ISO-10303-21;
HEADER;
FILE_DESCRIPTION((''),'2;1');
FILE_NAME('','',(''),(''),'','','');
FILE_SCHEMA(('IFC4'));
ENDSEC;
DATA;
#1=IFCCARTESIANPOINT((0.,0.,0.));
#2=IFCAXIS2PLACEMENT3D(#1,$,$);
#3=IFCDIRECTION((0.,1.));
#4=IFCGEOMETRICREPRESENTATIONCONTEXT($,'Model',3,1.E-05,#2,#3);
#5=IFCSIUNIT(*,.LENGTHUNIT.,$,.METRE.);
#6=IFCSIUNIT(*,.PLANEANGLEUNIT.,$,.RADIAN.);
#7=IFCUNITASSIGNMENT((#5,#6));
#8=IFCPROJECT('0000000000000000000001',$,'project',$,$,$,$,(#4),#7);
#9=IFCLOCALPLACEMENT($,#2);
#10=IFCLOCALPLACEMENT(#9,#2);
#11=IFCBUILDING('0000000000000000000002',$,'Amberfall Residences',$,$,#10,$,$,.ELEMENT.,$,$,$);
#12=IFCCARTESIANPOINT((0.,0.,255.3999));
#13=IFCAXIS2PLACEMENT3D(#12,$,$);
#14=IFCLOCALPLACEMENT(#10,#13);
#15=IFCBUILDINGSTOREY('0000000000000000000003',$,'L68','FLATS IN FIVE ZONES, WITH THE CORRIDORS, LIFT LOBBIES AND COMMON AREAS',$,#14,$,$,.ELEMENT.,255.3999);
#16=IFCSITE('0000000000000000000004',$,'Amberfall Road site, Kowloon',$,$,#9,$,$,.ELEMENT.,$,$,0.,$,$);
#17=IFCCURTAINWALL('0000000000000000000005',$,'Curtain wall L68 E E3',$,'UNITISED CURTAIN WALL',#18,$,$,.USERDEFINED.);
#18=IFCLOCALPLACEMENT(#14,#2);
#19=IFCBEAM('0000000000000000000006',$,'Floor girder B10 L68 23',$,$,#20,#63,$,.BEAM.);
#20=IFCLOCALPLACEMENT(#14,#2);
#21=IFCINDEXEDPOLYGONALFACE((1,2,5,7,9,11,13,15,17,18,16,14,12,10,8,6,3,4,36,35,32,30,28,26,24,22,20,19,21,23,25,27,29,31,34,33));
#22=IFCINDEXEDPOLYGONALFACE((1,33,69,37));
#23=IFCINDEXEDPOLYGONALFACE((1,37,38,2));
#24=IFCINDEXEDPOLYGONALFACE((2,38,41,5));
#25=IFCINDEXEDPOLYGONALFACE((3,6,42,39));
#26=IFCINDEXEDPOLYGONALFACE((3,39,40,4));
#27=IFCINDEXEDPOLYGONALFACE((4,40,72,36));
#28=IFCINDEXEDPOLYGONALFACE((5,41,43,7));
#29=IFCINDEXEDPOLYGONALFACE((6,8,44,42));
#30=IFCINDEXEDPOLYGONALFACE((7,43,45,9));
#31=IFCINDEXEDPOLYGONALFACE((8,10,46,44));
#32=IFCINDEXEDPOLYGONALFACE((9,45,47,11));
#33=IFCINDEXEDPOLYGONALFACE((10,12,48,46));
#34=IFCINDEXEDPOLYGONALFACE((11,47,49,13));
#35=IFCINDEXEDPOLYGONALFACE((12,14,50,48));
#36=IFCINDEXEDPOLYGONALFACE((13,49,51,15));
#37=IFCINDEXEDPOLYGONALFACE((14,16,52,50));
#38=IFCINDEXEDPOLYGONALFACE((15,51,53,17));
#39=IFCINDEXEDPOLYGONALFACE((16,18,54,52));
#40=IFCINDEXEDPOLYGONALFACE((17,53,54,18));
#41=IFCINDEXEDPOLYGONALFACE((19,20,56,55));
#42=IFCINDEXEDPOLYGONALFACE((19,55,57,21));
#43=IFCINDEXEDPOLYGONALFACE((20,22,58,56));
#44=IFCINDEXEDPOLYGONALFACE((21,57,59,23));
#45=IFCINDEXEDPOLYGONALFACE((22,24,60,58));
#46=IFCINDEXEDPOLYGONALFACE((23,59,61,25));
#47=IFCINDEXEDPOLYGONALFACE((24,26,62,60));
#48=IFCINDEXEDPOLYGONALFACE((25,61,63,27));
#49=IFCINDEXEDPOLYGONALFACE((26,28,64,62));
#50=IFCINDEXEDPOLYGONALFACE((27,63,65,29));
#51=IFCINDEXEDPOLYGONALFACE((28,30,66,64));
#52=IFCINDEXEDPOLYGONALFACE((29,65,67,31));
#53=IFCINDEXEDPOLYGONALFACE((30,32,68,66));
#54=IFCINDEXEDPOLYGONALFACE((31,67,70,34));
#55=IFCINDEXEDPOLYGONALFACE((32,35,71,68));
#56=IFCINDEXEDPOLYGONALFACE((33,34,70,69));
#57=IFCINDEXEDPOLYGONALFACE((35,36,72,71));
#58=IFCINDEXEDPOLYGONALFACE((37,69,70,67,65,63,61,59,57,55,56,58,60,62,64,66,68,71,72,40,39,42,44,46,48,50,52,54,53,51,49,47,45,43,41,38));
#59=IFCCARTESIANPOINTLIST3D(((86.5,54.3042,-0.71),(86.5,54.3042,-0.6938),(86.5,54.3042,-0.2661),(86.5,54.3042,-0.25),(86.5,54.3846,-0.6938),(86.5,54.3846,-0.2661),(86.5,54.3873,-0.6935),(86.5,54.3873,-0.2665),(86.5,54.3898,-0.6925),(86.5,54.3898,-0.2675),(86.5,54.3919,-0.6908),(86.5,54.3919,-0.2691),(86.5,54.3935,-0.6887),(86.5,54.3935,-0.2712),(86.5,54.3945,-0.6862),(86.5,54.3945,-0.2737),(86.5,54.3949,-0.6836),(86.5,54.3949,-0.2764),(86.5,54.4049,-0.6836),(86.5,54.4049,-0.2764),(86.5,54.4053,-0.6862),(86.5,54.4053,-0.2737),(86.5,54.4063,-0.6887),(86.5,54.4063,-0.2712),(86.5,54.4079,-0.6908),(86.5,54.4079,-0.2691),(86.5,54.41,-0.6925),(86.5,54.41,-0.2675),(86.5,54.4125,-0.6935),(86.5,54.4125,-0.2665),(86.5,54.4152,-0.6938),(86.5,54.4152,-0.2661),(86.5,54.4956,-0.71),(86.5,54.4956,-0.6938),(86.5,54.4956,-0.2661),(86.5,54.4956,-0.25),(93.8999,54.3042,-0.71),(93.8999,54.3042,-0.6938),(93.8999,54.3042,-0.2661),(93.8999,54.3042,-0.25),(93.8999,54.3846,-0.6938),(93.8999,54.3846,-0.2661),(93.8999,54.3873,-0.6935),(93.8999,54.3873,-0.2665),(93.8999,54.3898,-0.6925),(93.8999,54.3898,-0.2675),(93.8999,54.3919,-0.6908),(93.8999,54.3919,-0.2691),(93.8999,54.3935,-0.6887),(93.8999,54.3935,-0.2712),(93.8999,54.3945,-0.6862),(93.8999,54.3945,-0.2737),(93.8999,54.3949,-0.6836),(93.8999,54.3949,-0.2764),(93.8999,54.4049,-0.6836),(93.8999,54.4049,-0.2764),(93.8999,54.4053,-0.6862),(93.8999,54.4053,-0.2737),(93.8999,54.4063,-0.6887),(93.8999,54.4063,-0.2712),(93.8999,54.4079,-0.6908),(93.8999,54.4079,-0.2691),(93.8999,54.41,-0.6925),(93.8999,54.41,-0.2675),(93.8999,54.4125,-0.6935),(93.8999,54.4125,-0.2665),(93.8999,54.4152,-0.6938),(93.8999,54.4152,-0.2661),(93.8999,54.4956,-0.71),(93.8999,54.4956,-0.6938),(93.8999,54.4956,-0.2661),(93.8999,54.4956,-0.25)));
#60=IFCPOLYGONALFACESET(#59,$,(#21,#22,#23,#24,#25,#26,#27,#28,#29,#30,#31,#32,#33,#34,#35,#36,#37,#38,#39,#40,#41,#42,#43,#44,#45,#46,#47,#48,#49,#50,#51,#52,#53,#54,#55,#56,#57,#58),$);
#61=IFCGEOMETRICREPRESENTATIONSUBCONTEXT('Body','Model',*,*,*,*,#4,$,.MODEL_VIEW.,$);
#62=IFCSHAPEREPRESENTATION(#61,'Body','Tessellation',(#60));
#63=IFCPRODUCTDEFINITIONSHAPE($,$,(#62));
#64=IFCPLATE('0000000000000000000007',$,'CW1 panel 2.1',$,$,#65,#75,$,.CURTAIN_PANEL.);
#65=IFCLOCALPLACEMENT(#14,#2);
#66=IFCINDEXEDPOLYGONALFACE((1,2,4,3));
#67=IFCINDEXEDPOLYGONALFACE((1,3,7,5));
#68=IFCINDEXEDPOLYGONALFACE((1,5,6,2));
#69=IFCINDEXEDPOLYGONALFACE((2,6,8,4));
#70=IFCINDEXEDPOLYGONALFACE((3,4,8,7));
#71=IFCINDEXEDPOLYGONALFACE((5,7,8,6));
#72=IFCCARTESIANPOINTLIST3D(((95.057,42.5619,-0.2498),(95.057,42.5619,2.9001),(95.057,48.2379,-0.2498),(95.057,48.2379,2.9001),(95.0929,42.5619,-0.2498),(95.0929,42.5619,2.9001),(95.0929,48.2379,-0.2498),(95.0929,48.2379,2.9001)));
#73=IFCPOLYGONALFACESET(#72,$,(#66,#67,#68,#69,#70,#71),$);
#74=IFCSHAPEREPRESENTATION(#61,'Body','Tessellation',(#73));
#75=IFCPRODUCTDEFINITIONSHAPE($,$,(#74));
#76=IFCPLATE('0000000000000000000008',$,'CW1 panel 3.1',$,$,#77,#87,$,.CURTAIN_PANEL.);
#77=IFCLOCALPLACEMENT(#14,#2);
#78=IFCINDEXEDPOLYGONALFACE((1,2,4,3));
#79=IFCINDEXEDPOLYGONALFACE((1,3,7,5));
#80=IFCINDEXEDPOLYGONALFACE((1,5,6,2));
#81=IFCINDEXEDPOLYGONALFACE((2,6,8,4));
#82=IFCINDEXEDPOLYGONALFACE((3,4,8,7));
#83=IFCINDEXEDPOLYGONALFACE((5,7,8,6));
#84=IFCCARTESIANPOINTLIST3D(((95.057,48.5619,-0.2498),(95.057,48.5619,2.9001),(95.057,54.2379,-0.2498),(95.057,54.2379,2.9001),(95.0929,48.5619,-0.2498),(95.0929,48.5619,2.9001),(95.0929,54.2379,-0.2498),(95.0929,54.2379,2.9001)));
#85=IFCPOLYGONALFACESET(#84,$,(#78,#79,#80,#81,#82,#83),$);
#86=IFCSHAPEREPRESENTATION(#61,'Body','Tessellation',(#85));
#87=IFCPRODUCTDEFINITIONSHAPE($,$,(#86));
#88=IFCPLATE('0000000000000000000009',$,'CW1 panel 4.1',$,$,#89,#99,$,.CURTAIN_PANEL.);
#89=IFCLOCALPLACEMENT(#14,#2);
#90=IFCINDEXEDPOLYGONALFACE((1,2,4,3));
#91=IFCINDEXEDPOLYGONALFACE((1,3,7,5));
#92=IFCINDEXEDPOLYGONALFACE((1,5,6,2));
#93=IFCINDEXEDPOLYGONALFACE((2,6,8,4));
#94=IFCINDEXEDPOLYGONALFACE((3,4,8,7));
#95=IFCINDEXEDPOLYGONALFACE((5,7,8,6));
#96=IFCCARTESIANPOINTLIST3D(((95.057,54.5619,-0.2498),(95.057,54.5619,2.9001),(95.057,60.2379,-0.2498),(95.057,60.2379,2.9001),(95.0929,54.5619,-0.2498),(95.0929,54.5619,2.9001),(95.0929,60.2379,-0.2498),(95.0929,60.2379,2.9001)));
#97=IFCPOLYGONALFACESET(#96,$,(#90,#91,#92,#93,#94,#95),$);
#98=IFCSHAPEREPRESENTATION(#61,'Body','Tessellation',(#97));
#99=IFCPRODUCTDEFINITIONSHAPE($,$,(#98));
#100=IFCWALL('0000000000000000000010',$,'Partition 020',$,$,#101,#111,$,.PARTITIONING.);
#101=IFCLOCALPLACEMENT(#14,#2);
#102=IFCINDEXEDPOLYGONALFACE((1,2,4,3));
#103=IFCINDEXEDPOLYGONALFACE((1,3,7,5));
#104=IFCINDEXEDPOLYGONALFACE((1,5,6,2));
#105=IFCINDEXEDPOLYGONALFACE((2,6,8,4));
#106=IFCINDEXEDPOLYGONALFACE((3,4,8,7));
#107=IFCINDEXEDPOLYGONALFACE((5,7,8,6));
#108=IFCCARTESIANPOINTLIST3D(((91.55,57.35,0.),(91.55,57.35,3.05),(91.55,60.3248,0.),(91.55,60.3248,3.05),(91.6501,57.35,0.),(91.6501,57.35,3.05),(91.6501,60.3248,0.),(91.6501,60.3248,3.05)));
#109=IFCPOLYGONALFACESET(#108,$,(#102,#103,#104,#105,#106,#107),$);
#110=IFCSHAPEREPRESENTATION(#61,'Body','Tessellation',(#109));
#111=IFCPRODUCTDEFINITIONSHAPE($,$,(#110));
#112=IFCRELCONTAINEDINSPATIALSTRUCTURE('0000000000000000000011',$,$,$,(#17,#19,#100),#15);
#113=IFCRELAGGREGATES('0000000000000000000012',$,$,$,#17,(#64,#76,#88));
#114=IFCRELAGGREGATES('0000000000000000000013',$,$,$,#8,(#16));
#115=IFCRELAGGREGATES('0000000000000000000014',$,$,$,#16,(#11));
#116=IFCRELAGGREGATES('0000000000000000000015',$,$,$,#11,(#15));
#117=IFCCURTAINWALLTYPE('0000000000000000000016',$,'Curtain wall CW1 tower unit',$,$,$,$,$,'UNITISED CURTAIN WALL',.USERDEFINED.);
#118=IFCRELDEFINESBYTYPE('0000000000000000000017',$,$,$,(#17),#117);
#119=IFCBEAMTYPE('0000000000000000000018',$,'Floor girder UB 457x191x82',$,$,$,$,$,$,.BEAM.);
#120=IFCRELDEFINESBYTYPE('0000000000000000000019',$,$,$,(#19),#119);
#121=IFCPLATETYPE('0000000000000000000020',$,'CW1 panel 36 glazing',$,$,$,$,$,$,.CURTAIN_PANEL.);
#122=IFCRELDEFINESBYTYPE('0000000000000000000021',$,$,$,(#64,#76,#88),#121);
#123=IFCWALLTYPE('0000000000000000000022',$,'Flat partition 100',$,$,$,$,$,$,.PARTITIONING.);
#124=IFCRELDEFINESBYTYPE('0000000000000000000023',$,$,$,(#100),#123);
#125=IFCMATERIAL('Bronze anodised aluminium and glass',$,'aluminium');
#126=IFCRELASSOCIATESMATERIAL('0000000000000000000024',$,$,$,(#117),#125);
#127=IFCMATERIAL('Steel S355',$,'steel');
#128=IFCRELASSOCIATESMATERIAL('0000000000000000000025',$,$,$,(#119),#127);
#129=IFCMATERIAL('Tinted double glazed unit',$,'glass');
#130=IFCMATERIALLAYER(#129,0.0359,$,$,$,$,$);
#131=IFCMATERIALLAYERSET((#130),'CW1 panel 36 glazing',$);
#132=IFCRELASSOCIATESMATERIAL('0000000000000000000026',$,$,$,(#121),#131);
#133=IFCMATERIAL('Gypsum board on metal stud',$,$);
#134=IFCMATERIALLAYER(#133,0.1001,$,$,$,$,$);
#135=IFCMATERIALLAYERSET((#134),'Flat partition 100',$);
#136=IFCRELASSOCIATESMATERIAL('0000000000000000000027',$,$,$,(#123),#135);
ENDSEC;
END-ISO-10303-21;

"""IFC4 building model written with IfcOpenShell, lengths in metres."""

from ifc_helpers import new_model, si_unit, direction, frame, frame_2d, origin, origin_2d, place, context, subcontext, project, spatial, rectangle, i_section, extrude, material, layer, layer_set, material_profile, profile_set, type_object, element, aggregate, save


model = new_model("IFC4")

# Units and contexts
model_context = context("Model", 3, precision=1e-05, world=origin(), true_north=direction((0.0, 1.0)))
body_context = subcontext(model_context, "Body", "Model", "MODEL_VIEW")
ifc_project = project(units=[si_unit("LENGTHUNIT", "METRE"), si_unit("PLANEANGLEUNIT", "RADIAN")], contexts=[model_context])

# Site, building, storey
site_placement = place(None, origin())
site = spatial("IfcSite", under=ifc_project, at=site_placement, Name="Amberfall Road site, Kowloon", CompositionType="ELEMENT", RefElevation=0.0)
building_placement = place(site_placement, origin())
building = spatial("IfcBuilding", under=site, at=building_placement, Name="Amberfall Residences", CompositionType="ELEMENT")
storey_placement = place(building_placement, frame((0.0, 0.0, 255.3999)))
storey = spatial("IfcBuildingStorey", under=building, at=storey_placement, Name="L68", Description="FLATS IN FIVE ZONES, WITH THE CORRIDORS, LIFT LOBBIES AND COMMON AREAS", CompositionType="ELEMENT", Elevation=255.3999)

# Curtain wall
ifc_material_1 = material(Name="Bronze anodised aluminium and glass", Category="aluminium")
curtain_wall_type = type_object("IfcCurtainWallType", Name="Curtain wall CW1 tower unit", ElementType="UNITISED CURTAIN WALL", PredefinedType="USERDEFINED", material=ifc_material_1)
curtain_wall_placement = place(storey_placement, origin())
curtain_wall = element("IfcCurtainWall", 1, at=curtain_wall_placement, inside=storey, type_object=curtain_wall_type, Name="Curtain wall L68 E E3", ObjectType="UNITISED CURTAIN WALL", PredefinedType="USERDEFINED")

# Shared definitions
ifc_material_2 = material(Name="Steel S355", Category="steel")

# Beam
ifc_material_profile_1 = material_profile(ifc_material_2, i_section(OverallWidth=0.1914, OverallDepth=0.46, WebThickness=0.01, FlangeThickness=0.0161, FilletRadius=0.0103, at=origin_2d()), Name="UB 457x191x82")
ifc_profile_set_1 = profile_set([ifc_material_profile_1], Name="Steel S355")
beam_type_1 = type_object("IfcBeamType", Name="Floor girder UB 457x191x82", PredefinedType="BEAM", material=ifc_profile_set_1)
for number, where, z_axis, x_axis, name in (
    (2, (93.8999, 54.3999, -0.48), (-1.0, 0.0, 0.0), (0.0, -1.0, 0.0), "Floor girder B10 L68 23"),
):
    element("IfcBeam", number, at=place(storey_placement, frame(where, z_axis=z_axis, x_axis=x_axis)), inside=storey, type_object=beam_type_1, Name=name, PredefinedType="BEAM", context=body_context, shape_type="SweptSolid", body=[
        extrude(i_section(OverallWidth=0.1914, OverallDepth=0.46, WebThickness=0.01, FlangeThickness=0.0161, FilletRadius=0.0103, at=origin_2d()), origin(), (0.0, 0.0, 1.0), 7.3999),
    ])

# Plates
ifc_material_3 = material(Name="Tinted double glazed unit", Category="glass")
ifc_layer_1 = layer(ifc_material_3, 0.0359)
ifc_layer_set_1 = layer_set([ifc_layer_1], Name="CW1 panel 36 glazing")
plate_type = type_object("IfcPlateType", Name="CW1 panel 36 glazing", PredefinedType="CURTAIN_PANEL", material=ifc_layer_set_1)
plate_1_placement = place(storey_placement, frame((95.075, 45.3999, -0.2498), z_axis=(0.0, 0.0, 1.0), x_axis=(0.0, 1.0, 0.0)))
plate_1 = element("IfcPlate", 3, at=plate_1_placement, type_object=plate_type, Name="CW1 panel 2.1", PredefinedType="CURTAIN_PANEL", context=body_context, shape_type="SweptSolid", body=[
    extrude(rectangle(XDim=5.676, YDim=0.0359, at=origin_2d()), origin(), (0.0, 0.0, 1.0), 3.1499),
])
plate_2_placement = place(storey_placement, frame((95.075, 51.3999, -0.2498), z_axis=(0.0, 0.0, 1.0), x_axis=(0.0, 1.0, 0.0)))
plate_2 = element("IfcPlate", 4, at=plate_2_placement, type_object=plate_type, Name="CW1 panel 3.1", PredefinedType="CURTAIN_PANEL", context=body_context, shape_type="SweptSolid", body=[
    extrude(rectangle(XDim=5.676, YDim=0.0359, at=origin_2d()), origin(), (0.0, 0.0, 1.0), 3.1499),
])
plate_3_placement = place(storey_placement, frame((95.075, 57.3999, -0.2498), z_axis=(0.0, 0.0, 1.0), x_axis=(0.0, 1.0, 0.0)))
plate_3 = element("IfcPlate", 5, at=plate_3_placement, type_object=plate_type, Name="CW1 panel 4.1", PredefinedType="CURTAIN_PANEL", context=body_context, shape_type="SweptSolid", body=[
    extrude(rectangle(XDim=5.676, YDim=0.0359, at=origin_2d()), origin(), (0.0, 0.0, 1.0), 3.1499),
])
aggregate(curtain_wall, [plate_1, plate_2, plate_3])

# Wall
ifc_material_4 = material(Name="Gypsum board on metal stud")
ifc_layer_2 = layer(ifc_material_4, 0.1001)
ifc_layer_set_2 = layer_set([ifc_layer_2], Name="Flat partition 100")
wall_type = type_object("IfcWallType", Name="Flat partition 100", PredefinedType="PARTITIONING", material=ifc_layer_set_2)
wall_placement = place(storey_placement, frame((91.6001, 57.3501, 0.0), z_axis=(0.0, 0.0, 1.0), x_axis=(0.0, 1.0, 0.0)))
element("IfcWall", 6, at=wall_placement, inside=storey, type_object=wall_type, Name="Partition 020", PredefinedType="PARTITIONING", context=body_context, shape_type="SweptSolid", body=[
    extrude(rectangle(XDim=2.9749, YDim=0.1001, at=frame_2d((1.4873, 0.0))), origin(), (0.0, 0.0, 1.0), 3.05),
])

save(model, "model.ifc")
